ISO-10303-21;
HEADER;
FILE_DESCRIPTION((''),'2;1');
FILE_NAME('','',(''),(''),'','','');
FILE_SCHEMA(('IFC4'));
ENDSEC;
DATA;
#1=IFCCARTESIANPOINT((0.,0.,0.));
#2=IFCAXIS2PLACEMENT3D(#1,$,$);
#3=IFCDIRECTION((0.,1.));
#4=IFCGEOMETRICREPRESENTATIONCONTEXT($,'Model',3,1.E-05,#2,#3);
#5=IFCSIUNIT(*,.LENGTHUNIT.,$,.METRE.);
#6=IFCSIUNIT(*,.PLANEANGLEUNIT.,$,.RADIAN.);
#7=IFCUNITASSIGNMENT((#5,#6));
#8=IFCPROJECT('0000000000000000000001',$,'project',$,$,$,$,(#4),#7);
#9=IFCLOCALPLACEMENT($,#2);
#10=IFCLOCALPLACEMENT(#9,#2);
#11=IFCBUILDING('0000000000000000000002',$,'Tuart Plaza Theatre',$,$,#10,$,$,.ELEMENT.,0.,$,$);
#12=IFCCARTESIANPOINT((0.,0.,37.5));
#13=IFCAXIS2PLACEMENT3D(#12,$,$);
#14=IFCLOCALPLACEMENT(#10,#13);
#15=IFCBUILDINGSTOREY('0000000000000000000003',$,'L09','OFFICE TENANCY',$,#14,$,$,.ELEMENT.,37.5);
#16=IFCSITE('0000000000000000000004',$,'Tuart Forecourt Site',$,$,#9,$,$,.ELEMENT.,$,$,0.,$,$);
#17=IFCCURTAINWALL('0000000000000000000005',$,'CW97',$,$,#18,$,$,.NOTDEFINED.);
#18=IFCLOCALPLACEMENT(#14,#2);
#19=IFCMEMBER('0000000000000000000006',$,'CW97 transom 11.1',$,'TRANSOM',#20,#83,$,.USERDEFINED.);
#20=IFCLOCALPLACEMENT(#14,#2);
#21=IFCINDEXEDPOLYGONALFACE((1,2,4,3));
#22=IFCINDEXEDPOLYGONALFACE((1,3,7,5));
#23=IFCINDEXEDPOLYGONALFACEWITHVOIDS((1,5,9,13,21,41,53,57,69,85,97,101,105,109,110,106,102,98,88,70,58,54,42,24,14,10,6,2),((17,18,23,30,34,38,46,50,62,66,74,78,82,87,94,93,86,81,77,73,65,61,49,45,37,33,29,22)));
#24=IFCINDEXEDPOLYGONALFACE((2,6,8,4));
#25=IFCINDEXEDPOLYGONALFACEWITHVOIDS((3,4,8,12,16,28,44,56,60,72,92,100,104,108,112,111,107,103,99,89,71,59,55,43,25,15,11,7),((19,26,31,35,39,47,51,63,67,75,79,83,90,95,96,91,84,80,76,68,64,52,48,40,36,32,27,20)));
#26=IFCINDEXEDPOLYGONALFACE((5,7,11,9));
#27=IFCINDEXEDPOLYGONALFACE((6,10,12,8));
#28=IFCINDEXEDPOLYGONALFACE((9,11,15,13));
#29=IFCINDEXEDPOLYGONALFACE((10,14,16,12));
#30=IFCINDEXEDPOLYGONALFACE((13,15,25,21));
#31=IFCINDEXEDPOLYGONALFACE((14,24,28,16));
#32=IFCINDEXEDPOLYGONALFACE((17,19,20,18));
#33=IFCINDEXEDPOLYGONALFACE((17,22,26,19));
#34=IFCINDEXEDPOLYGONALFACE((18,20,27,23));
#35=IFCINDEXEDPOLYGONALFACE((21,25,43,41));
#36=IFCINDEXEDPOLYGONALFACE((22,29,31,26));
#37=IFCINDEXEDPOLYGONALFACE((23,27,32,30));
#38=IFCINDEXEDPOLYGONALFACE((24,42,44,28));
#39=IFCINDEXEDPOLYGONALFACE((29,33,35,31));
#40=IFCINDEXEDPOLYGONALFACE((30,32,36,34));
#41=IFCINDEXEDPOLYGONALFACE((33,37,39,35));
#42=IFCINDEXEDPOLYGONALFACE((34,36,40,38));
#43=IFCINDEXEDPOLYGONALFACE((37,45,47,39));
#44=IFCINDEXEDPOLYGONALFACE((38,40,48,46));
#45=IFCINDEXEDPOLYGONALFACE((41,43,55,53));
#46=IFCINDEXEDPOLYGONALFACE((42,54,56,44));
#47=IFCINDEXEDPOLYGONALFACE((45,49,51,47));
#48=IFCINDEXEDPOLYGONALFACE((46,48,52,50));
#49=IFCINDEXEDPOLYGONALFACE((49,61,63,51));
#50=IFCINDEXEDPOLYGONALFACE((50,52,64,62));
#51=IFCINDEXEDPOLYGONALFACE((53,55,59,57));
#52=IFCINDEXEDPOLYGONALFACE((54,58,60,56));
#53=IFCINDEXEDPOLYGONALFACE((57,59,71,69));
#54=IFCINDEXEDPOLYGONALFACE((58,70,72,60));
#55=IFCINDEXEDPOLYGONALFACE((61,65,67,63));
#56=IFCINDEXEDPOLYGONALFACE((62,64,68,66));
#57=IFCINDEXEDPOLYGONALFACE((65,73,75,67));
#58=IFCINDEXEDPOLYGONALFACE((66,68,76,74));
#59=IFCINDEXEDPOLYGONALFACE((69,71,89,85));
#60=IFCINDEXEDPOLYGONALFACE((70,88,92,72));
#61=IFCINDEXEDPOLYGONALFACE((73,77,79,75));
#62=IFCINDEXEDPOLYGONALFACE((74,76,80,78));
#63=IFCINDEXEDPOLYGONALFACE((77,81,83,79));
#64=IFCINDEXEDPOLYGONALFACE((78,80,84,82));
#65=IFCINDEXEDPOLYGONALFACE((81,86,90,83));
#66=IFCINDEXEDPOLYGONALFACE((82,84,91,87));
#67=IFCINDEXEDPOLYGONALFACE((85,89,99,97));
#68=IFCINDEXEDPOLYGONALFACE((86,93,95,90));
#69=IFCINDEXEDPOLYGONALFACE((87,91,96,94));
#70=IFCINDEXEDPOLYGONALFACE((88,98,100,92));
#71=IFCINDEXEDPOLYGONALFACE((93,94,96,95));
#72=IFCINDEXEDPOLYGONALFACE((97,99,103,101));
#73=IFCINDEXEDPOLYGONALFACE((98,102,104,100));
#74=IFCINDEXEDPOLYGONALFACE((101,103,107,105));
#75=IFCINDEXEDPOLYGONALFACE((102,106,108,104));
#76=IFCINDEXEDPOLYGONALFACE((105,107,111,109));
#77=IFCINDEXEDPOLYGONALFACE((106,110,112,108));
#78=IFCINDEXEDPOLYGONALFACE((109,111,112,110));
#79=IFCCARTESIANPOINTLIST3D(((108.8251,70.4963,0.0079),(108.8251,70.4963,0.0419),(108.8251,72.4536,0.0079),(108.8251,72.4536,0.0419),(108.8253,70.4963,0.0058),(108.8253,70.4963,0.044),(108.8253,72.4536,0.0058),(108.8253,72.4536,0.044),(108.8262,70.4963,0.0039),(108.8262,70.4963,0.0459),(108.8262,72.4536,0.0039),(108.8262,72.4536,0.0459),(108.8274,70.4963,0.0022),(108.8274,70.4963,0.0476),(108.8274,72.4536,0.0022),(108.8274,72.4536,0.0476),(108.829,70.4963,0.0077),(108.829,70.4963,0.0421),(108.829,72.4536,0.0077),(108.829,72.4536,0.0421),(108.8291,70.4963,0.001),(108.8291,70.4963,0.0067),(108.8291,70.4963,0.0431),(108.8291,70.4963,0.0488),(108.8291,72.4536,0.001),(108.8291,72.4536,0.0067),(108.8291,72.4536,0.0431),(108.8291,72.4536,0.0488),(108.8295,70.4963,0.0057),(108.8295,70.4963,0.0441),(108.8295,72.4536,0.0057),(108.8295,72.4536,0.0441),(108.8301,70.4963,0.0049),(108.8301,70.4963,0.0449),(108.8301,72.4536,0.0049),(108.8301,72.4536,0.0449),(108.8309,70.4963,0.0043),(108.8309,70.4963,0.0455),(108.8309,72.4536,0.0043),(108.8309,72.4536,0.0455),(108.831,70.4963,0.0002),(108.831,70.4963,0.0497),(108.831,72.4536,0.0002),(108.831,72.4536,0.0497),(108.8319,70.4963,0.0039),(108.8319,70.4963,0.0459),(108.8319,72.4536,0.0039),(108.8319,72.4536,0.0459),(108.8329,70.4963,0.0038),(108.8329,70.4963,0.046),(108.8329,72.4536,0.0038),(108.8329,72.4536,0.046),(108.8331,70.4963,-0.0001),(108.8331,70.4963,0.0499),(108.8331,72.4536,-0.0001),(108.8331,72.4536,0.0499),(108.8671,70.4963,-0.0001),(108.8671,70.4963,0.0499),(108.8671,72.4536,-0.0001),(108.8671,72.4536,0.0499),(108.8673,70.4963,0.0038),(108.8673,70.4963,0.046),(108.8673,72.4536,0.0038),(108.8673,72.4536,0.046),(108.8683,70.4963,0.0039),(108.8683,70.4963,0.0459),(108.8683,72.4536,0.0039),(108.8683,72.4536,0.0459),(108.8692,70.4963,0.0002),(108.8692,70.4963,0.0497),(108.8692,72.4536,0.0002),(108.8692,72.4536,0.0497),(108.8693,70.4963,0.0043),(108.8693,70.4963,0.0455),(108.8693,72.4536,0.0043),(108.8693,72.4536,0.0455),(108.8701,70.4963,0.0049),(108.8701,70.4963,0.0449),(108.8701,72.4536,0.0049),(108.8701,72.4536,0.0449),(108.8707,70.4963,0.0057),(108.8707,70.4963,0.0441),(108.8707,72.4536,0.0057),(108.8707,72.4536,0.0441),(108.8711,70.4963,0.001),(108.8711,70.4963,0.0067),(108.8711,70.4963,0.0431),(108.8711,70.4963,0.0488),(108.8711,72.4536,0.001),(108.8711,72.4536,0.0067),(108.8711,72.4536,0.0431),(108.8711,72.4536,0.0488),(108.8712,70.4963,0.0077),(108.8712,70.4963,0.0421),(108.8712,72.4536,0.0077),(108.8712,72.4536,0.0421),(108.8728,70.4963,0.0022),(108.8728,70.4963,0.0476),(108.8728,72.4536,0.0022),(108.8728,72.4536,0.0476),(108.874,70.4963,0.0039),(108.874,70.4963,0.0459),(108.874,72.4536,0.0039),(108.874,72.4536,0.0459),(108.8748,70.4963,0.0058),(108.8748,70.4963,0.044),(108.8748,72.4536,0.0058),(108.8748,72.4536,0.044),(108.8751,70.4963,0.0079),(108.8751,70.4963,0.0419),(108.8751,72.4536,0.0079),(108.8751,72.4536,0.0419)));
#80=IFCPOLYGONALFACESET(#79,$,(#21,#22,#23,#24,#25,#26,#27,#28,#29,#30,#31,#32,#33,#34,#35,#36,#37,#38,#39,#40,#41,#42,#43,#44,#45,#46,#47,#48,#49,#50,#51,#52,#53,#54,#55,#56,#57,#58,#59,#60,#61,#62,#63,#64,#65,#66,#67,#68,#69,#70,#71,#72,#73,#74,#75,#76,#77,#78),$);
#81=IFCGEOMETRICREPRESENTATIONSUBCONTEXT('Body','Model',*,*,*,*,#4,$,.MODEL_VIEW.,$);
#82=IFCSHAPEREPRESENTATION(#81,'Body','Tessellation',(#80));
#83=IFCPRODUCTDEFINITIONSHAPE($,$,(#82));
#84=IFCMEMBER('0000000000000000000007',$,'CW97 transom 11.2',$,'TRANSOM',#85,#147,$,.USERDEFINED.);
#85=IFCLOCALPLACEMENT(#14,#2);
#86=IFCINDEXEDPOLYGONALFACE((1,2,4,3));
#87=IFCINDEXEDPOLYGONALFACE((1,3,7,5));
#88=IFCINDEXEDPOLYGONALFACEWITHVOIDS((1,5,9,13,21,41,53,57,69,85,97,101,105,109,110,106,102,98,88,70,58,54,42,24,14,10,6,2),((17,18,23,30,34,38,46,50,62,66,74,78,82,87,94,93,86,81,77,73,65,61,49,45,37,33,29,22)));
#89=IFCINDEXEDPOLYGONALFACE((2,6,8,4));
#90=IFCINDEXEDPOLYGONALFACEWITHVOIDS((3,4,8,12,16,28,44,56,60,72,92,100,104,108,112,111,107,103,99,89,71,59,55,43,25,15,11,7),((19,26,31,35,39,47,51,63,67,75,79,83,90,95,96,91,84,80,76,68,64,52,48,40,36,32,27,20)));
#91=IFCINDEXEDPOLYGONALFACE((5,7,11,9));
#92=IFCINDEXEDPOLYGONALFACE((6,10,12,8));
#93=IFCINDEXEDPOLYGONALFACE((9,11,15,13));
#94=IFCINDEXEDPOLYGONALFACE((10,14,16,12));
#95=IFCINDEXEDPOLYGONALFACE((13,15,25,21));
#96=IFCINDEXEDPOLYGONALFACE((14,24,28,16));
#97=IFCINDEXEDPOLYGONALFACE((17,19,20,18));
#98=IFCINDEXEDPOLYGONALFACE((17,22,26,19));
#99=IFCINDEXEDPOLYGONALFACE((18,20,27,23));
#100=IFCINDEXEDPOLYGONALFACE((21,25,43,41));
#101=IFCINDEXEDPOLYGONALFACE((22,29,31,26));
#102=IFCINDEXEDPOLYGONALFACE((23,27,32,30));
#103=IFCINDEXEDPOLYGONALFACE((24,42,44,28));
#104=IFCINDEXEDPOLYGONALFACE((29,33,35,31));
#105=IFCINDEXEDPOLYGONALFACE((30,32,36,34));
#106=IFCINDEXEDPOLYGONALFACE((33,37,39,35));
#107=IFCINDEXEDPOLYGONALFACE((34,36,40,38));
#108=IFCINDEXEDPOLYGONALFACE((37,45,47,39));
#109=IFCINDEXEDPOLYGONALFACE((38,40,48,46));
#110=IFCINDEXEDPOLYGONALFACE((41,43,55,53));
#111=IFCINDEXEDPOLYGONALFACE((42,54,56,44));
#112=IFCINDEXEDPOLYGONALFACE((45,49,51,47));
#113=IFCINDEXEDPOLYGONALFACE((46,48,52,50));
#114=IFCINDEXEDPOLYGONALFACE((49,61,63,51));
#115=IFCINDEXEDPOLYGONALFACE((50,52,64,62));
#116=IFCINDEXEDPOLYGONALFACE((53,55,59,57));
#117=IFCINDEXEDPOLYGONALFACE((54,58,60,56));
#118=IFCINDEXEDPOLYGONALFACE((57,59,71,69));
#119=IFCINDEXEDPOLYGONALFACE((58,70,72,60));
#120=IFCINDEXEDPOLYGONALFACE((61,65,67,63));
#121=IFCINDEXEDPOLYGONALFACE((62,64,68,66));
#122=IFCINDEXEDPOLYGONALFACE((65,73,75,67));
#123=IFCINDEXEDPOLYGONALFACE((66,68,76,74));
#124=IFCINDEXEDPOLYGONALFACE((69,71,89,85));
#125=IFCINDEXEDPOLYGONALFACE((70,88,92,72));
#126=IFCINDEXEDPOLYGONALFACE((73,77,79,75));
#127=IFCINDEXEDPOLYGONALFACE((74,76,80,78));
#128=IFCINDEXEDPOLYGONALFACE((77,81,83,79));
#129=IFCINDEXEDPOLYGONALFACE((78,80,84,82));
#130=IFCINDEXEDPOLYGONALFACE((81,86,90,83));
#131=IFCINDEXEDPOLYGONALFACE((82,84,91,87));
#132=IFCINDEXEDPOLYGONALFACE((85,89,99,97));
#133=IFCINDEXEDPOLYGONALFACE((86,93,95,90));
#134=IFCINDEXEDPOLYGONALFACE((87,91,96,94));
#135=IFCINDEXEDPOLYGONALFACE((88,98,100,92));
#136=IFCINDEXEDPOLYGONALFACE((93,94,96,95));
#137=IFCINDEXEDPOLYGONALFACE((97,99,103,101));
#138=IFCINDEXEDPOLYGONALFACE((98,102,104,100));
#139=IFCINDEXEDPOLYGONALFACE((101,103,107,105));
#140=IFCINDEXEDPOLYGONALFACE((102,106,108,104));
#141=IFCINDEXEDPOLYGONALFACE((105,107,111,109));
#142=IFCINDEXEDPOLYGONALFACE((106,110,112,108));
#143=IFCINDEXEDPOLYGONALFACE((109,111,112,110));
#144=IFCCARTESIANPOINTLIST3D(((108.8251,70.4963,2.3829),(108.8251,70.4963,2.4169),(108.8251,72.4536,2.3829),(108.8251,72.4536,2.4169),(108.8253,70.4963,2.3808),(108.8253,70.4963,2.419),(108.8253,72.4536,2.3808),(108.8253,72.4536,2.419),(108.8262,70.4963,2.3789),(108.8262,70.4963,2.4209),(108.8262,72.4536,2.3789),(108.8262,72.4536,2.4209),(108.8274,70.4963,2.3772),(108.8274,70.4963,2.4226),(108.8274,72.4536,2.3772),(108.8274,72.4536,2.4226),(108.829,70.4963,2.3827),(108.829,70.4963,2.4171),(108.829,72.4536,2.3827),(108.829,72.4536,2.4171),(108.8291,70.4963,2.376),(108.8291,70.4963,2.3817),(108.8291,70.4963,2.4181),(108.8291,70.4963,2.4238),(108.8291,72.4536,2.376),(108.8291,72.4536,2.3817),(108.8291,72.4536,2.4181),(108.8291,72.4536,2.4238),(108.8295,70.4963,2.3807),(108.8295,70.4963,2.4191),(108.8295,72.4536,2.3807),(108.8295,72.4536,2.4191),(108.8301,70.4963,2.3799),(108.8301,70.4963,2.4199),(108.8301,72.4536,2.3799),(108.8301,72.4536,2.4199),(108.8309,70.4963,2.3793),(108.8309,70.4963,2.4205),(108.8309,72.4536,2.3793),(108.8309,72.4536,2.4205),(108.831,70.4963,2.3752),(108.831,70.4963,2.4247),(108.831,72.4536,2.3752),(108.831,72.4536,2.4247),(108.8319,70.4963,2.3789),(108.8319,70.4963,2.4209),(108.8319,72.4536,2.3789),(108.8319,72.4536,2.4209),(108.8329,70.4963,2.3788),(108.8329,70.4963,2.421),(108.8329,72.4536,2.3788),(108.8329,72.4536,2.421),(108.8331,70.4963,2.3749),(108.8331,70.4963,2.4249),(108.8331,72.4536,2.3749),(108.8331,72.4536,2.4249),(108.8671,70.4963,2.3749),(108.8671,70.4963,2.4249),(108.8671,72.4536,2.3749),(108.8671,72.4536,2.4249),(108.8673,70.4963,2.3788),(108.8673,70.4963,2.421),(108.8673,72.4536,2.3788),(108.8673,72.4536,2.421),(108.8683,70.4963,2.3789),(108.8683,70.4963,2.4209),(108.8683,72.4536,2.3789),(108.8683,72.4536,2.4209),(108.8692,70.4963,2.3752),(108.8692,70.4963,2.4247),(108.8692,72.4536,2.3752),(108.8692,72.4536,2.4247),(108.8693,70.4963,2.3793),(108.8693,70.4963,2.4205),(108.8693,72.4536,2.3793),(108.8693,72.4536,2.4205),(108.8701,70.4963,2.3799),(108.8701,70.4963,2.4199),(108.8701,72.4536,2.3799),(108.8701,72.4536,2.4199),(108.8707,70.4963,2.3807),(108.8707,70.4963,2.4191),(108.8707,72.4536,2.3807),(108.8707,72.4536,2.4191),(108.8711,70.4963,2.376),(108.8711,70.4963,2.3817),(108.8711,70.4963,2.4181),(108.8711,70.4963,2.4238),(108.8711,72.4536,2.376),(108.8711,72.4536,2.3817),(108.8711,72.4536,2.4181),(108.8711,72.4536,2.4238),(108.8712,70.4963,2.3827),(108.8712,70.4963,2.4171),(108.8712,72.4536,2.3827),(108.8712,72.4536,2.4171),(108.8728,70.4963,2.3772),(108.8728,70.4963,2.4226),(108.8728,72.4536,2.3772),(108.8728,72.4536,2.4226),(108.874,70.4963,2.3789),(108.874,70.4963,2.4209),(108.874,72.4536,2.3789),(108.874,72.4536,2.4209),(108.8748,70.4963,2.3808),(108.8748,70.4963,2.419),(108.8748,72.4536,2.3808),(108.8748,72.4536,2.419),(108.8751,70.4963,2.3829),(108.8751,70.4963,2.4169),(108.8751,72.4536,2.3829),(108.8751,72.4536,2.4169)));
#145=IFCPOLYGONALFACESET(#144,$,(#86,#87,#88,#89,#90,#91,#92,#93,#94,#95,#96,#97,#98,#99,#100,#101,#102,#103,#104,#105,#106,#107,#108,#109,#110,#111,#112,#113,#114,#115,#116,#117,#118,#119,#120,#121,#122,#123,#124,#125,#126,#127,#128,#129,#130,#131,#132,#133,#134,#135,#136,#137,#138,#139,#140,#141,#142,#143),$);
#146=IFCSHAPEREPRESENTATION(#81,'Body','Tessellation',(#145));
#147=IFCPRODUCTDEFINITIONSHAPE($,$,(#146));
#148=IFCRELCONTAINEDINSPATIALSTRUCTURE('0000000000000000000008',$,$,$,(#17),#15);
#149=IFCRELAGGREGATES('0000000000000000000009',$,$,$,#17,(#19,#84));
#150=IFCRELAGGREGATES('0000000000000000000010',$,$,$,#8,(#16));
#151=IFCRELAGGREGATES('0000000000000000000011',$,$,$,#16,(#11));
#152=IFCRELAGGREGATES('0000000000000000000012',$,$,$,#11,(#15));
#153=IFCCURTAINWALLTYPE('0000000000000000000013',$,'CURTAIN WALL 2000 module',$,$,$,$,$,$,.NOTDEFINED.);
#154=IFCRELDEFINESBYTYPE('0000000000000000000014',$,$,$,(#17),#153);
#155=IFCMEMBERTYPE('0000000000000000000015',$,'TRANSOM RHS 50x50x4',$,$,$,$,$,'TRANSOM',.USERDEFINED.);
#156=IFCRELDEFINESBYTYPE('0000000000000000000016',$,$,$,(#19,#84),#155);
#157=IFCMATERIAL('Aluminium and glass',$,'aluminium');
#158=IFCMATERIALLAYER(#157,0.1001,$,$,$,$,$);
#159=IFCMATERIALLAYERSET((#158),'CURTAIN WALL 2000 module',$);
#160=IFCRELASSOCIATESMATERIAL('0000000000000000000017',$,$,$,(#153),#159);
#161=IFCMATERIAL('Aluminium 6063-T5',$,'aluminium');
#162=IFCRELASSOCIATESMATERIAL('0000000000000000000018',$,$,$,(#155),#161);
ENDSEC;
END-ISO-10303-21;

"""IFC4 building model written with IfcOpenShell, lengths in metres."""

from ifc_helpers import new_model, si_unit, direction, frame, origin, origin_2d, place, context, subcontext, project, spatial, hollow_rectangle, extrude, material, layer, layer_set, material_profile, profile_set, type_object, element, aggregate, save


model = new_model("IFC4")

# Units and contexts
model_context = context("Model", 3, precision=1e-05, world=origin(), true_north=direction((0.0, 1.0)))
body_context = subcontext(model_context, "Body", "Model", "MODEL_VIEW")
ifc_project = project(units=[si_unit("LENGTHUNIT", "METRE"), si_unit("PLANEANGLEUNIT", "RADIAN")], contexts=[model_context])

# Site, building, storey
site_placement = place(None, origin())
site = spatial("IfcSite", under=ifc_project, at=site_placement, Name="Tuart Forecourt Site", CompositionType="ELEMENT", RefElevation=0.0)
building_placement = place(site_placement, origin())
building = spatial("IfcBuilding", under=site, at=building_placement, Name="Tuart Plaza Theatre", CompositionType="ELEMENT", ElevationOfRefHeight=0.0)
storey_placement = place(building_placement, frame((0.0, 0.0, 37.5)))
storey = spatial("IfcBuildingStorey", under=building, at=storey_placement, Name="L09", Description="OFFICE TENANCY", CompositionType="ELEMENT", Elevation=37.5)

# Curtain wall, members
ifc_material_1 = material(Name="Aluminium and glass", Category="aluminium")
ifc_layer_1 = layer(ifc_material_1, 0.1001)
ifc_layer_set_1 = layer_set([ifc_layer_1], Name="CURTAIN WALL 2000 module")
curtain_wall_type = type_object("IfcCurtainWallType", Name="CURTAIN WALL 2000 module", PredefinedType="NOTDEFINED", material=ifc_layer_set_1)
curtain_wall_placement = place(storey_placement, origin())
curtain_wall = element("IfcCurtainWall", 1, at=curtain_wall_placement, inside=storey, type_object=curtain_wall_type, Name="CW97", PredefinedType="NOTDEFINED")
ifc_material_2 = material(Name="Aluminium 6063-T5", Category="aluminium")
ifc_material_profile_1 = material_profile(ifc_material_2, hollow_rectangle(XDim=0.05, YDim=0.05, WallThickness=0.0039, InnerFilletRadius=0.0039, OuterFilletRadius=0.0081, at=origin_2d()), Name="RHS 50x50x4")
ifc_profile_set_1 = profile_set([ifc_material_profile_1], Name="Aluminium 6063-T5")
member_type = type_object("IfcMemberType", Name="TRANSOM RHS 50x50x4", ElementType="TRANSOM", PredefinedType="USERDEFINED", material=ifc_profile_set_1)
member_1_placement = place(storey_placement, frame((108.8501, 72.4536, 0.0249), z_axis=(0.0, -1.0, 0.0), x_axis=(1.0, 0.0, 0.0)))
member_1 = element("IfcMember", 2, at=member_1_placement, type_object=member_type, Name="CW97 transom 11.1", ObjectType="TRANSOM", PredefinedType="USERDEFINED", context=body_context, shape_type="SweptSolid", body=[
    extrude(hollow_rectangle(XDim=0.05, YDim=0.05, WallThickness=0.0039, InnerFilletRadius=0.0039, OuterFilletRadius=0.0081, at=origin_2d()), origin(), (0.0, 0.0, 1.0), 1.9573),
])
member_2_placement = place(storey_placement, frame((108.8501, 72.4536, 2.3999), z_axis=(0.0, -1.0, 0.0), x_axis=(1.0, 0.0, 0.0)))
member_2 = element("IfcMember", 3, at=member_2_placement, type_object=member_type, Name="CW97 transom 11.2", ObjectType="TRANSOM", PredefinedType="USERDEFINED", context=body_context, shape_type="SweptSolid", body=[
    extrude(hollow_rectangle(XDim=0.05, YDim=0.05, WallThickness=0.0039, InnerFilletRadius=0.0039, OuterFilletRadius=0.0081, at=origin_2d()), origin(), (0.0, 0.0, 1.0), 1.9573),
])
aggregate(curtain_wall, [member_1, member_2])

save(model, "model.ifc")
